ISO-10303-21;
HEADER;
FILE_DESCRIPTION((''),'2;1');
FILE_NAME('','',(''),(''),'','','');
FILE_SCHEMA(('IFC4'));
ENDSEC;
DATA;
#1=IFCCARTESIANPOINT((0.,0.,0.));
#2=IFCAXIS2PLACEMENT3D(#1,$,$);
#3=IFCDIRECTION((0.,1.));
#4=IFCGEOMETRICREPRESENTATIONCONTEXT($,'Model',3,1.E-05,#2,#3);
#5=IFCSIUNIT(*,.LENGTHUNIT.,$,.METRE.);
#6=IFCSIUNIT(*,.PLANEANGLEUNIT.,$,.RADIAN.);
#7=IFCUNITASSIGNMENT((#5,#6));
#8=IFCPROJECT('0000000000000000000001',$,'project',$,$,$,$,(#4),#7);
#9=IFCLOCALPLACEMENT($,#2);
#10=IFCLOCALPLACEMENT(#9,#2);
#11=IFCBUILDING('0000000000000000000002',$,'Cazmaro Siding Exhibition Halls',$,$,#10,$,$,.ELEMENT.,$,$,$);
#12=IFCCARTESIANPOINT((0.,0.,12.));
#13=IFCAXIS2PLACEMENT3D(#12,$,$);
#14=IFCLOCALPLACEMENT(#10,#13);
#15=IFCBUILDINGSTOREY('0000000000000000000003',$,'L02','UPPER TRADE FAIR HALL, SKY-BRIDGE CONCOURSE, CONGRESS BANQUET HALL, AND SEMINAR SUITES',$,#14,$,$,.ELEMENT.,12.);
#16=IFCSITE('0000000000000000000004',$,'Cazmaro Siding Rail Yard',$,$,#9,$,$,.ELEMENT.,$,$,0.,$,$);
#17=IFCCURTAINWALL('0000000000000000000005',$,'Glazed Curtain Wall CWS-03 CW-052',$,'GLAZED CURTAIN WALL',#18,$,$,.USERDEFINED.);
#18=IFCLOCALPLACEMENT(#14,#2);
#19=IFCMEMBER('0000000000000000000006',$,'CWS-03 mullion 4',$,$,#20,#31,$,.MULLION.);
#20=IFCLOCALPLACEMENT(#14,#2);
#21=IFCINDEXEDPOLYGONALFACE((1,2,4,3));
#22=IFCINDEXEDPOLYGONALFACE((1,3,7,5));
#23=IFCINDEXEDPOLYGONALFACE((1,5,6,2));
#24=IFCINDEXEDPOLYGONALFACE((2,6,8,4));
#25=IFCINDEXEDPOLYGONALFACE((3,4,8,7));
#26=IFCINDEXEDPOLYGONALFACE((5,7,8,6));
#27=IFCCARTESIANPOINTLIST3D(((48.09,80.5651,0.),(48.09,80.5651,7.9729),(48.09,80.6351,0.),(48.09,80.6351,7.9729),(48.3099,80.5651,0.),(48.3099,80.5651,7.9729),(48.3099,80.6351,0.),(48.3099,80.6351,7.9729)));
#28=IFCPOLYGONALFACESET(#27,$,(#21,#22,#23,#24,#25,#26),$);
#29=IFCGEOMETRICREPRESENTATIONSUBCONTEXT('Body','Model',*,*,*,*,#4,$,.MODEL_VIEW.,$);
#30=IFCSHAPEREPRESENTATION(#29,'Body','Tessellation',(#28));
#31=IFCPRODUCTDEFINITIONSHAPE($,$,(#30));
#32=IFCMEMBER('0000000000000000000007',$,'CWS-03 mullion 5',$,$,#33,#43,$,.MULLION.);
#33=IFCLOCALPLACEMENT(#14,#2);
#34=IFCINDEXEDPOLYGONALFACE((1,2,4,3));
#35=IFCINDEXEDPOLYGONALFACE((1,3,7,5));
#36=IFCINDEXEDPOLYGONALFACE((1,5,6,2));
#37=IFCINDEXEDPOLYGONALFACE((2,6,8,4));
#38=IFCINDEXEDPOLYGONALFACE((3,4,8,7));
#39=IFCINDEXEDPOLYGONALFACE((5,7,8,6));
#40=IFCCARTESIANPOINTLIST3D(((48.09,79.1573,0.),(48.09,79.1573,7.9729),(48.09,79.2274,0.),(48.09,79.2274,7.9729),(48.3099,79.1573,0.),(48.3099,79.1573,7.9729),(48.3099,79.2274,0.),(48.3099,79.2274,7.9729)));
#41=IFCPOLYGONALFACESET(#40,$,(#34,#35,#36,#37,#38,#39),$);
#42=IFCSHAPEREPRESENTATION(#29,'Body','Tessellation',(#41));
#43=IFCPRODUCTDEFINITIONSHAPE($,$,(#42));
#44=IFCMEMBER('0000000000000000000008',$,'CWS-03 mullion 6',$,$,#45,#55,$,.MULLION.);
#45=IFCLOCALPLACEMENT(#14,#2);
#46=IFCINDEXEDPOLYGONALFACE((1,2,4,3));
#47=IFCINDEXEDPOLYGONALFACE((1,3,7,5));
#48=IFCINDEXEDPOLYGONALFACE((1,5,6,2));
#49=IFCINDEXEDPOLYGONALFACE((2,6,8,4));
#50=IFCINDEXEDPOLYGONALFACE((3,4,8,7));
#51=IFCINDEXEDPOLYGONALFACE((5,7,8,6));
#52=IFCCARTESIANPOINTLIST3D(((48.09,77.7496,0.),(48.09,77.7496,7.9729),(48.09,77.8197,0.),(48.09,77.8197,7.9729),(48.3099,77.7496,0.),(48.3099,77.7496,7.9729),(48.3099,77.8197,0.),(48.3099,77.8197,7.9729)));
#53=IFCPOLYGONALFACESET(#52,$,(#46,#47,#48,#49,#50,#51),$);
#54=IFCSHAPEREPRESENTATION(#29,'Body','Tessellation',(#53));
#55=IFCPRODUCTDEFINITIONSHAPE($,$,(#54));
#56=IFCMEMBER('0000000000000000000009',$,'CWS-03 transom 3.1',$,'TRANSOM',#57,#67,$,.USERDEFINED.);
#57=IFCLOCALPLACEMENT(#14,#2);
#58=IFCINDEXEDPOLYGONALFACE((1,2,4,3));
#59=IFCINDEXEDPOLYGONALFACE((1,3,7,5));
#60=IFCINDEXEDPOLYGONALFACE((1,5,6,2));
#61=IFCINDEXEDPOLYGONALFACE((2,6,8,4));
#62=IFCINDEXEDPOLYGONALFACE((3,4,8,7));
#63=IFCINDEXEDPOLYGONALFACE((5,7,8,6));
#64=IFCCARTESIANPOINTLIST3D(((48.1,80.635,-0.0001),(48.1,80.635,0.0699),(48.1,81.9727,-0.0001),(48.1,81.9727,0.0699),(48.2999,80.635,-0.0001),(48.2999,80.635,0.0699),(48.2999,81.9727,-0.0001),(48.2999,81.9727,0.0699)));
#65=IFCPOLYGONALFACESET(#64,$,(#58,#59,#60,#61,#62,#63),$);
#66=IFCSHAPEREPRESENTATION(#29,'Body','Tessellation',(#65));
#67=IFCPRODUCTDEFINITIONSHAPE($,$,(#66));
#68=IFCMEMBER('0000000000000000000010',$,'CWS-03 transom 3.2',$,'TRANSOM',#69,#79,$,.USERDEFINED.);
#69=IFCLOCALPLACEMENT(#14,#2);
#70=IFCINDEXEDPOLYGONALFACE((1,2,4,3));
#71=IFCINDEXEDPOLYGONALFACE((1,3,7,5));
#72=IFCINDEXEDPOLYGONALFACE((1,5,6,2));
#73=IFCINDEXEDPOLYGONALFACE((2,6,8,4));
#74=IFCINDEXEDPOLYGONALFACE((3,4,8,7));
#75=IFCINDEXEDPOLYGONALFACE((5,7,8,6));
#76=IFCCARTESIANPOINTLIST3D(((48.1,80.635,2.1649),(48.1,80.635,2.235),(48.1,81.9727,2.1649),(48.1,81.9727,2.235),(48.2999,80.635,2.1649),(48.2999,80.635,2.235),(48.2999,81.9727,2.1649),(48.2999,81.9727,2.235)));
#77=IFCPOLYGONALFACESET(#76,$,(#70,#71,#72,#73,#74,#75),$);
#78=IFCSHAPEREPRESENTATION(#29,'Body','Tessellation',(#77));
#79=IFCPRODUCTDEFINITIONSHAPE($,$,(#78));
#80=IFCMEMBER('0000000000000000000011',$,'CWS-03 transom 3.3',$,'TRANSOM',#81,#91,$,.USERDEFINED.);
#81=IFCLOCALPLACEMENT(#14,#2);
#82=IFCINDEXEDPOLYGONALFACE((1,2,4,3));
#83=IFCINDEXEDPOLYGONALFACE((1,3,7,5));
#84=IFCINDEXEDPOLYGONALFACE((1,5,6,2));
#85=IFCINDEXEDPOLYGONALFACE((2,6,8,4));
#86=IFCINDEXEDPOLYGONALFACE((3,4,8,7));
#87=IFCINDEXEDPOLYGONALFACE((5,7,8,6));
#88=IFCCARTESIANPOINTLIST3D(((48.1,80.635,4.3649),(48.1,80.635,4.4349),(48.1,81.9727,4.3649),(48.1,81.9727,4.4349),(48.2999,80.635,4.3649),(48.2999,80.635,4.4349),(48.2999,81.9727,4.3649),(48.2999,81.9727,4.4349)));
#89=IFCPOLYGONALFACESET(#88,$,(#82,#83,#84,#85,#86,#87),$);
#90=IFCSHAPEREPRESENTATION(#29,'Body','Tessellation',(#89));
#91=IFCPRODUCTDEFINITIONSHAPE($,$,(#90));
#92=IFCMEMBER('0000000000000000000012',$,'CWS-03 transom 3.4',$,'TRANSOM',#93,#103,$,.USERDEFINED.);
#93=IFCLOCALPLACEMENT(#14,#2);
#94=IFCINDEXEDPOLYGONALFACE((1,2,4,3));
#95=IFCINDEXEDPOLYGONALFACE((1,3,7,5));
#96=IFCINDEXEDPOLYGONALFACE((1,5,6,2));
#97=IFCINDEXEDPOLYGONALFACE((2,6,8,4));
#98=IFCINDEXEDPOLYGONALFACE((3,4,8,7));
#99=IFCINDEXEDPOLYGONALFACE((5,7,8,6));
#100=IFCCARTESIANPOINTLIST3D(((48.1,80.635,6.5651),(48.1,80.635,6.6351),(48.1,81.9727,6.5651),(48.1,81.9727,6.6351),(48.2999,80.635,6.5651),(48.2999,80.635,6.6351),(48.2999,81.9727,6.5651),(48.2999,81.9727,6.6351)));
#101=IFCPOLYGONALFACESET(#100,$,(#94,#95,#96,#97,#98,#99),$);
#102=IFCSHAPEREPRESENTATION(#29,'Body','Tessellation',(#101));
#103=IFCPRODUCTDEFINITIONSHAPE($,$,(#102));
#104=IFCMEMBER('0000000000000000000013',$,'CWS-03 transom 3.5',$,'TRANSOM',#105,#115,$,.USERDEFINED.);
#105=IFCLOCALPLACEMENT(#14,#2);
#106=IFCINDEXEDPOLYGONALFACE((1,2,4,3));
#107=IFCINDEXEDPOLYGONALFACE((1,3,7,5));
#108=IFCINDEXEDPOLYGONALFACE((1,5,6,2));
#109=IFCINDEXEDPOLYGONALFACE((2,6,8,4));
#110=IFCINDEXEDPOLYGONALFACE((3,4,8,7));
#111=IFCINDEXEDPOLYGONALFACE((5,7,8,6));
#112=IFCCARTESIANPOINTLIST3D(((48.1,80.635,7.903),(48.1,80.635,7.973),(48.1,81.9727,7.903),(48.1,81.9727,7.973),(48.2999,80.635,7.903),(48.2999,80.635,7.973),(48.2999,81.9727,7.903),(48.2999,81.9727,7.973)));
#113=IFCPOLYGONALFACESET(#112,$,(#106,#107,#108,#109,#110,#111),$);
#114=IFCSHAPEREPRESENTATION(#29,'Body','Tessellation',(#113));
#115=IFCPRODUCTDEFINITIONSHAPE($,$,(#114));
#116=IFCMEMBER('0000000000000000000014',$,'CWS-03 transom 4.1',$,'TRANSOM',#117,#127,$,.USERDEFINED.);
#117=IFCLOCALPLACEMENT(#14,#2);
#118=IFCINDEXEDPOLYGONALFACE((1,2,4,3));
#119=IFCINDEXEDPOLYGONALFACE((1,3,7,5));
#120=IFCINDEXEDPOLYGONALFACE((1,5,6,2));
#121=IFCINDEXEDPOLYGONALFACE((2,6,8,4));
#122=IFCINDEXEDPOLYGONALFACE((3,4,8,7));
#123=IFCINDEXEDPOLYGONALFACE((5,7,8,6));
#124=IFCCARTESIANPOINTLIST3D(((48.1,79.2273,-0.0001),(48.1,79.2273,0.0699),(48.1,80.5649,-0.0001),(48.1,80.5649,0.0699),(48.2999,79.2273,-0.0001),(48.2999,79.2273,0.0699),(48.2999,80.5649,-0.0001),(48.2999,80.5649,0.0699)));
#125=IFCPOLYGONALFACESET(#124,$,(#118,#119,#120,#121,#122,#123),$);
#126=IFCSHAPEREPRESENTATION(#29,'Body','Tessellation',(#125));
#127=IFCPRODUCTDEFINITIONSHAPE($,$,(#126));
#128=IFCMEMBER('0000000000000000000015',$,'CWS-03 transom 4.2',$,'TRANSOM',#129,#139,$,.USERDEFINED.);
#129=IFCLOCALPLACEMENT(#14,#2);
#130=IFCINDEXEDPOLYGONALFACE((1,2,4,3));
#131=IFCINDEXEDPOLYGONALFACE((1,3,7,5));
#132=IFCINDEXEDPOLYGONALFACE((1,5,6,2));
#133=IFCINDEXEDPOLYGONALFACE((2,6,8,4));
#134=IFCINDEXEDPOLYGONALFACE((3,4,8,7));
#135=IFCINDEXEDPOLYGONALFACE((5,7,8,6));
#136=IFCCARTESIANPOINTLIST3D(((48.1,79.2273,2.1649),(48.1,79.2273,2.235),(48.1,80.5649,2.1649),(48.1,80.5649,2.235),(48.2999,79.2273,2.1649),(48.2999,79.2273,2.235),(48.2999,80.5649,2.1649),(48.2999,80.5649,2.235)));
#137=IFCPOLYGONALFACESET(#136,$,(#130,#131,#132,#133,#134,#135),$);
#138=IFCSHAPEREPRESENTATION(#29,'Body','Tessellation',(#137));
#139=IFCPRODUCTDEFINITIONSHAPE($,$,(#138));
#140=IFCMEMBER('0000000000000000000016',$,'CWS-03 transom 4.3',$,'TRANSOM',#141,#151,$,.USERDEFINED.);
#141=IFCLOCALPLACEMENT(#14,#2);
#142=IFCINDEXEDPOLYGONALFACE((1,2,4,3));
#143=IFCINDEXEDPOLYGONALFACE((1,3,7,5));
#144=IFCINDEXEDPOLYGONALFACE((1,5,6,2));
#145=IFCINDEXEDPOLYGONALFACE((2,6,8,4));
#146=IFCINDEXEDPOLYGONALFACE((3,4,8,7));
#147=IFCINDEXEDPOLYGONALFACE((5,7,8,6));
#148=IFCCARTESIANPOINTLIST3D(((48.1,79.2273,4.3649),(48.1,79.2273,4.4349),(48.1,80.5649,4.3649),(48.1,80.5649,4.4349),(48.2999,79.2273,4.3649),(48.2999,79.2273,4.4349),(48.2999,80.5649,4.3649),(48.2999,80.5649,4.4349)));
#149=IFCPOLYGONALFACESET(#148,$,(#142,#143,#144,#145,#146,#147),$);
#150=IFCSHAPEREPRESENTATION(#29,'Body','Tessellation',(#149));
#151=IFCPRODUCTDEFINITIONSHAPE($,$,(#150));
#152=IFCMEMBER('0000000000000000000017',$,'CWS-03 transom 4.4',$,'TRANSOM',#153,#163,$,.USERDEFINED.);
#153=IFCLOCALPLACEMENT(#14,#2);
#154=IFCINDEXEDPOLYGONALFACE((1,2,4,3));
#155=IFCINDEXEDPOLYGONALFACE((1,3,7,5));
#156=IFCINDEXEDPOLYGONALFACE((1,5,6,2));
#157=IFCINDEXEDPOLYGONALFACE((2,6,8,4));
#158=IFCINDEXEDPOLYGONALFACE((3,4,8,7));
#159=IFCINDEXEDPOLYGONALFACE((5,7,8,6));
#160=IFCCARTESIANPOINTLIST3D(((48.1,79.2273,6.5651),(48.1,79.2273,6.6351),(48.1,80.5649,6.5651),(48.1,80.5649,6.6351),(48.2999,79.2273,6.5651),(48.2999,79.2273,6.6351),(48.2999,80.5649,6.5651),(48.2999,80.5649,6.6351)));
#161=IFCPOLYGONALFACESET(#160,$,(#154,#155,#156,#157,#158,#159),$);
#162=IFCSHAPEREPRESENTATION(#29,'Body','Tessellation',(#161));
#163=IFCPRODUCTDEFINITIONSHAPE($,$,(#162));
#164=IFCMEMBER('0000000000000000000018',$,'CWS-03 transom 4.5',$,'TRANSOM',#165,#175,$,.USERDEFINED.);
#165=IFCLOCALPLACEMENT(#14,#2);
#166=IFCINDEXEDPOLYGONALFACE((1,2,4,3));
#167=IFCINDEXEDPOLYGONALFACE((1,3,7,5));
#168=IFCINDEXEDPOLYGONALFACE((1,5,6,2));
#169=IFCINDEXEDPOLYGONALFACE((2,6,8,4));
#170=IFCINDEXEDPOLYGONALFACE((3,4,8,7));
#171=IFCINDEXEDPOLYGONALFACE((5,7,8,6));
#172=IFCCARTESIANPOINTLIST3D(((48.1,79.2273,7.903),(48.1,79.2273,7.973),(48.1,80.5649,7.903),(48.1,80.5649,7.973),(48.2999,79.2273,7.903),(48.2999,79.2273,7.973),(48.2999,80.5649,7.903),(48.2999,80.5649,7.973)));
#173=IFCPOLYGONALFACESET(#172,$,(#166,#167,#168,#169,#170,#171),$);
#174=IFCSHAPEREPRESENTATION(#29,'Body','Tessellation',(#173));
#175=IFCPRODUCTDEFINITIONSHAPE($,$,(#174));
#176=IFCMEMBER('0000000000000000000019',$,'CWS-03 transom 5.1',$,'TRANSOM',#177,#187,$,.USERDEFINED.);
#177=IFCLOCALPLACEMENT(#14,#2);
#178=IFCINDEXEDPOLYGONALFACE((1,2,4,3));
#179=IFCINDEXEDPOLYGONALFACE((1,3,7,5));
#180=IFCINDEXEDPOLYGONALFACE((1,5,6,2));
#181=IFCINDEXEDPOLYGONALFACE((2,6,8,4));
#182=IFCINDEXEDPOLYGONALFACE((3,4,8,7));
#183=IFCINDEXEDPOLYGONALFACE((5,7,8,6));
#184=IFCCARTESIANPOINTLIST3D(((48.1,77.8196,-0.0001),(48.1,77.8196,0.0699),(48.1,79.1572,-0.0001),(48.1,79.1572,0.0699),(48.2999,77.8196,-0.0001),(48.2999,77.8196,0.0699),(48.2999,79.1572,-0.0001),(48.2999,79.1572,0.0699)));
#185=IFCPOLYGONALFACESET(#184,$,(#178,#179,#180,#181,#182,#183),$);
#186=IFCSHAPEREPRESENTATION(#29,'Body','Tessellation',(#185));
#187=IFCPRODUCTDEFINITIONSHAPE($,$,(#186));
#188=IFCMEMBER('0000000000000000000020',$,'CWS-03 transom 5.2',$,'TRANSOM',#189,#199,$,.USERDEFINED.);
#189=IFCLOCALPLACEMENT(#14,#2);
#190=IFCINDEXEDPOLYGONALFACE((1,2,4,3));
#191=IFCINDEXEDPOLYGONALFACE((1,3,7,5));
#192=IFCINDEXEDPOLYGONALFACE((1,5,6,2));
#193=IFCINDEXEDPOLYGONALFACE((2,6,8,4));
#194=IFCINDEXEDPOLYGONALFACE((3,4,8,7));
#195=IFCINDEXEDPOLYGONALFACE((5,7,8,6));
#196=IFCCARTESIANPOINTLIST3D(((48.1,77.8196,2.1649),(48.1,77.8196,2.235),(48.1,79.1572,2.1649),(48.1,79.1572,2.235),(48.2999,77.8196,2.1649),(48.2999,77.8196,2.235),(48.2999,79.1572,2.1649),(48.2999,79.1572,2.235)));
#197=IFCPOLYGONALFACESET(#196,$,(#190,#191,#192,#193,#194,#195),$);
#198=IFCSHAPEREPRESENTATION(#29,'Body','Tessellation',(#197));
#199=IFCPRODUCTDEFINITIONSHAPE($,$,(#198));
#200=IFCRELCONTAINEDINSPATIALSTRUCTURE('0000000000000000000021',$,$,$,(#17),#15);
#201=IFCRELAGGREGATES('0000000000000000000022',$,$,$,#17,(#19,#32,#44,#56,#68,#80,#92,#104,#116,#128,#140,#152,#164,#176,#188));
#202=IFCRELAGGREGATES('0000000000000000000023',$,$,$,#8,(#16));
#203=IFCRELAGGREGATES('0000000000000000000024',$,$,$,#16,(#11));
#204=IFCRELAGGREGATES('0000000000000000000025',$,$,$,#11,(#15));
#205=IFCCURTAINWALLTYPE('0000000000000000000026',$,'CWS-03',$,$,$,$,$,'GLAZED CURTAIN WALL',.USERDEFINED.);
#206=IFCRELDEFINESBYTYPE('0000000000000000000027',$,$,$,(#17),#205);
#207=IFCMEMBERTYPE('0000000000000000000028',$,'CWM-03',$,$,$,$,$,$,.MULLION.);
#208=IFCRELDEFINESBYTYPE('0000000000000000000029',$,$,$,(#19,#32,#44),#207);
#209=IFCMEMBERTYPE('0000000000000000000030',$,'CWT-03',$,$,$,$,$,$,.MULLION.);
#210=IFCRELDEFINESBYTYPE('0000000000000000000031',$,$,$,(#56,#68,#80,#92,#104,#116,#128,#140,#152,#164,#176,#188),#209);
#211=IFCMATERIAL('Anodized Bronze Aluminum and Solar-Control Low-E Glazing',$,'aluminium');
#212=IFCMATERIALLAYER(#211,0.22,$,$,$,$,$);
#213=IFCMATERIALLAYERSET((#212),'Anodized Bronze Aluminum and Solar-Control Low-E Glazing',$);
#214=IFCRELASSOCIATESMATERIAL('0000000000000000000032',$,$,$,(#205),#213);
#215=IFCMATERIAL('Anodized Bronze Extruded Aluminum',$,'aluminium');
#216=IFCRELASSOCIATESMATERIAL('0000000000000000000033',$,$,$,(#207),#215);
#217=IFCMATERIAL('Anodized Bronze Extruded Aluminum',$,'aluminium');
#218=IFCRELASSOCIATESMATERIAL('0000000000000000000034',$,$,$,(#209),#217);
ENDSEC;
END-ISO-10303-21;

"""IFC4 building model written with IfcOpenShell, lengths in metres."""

from ifc_helpers import new_model, si_unit, direction, frame, origin, origin_2d, place, context, subcontext, project, spatial, rectangle, extrude, material, layer, layer_set, material_profile, profile_set, type_object, element, aggregate, save


model = new_model("IFC4")

# Units and contexts
model_context = context("Model", 3, precision=1e-05, world=origin(), true_north=direction((0.0, 1.0)))
body_context = subcontext(model_context, "Body", "Model", "MODEL_VIEW")
ifc_project = project(units=[si_unit("LENGTHUNIT", "METRE"), si_unit("PLANEANGLEUNIT", "RADIAN")], contexts=[model_context])

# Site, building, storey
site_placement = place(None, origin())
site = spatial("IfcSite", under=ifc_project, at=site_placement, Name="Cazmaro Siding Rail Yard", CompositionType="ELEMENT", RefElevation=0.0)
building_placement = place(site_placement, origin())
building = spatial("IfcBuilding", under=site, at=building_placement, Name="Cazmaro Siding Exhibition Halls", CompositionType="ELEMENT")
storey_placement = place(building_placement, frame((0.0, 0.0, 12.0)))
storey = spatial("IfcBuildingStorey", under=building, at=storey_placement, Name="L02", Description="UPPER TRADE FAIR HALL, SKY-BRIDGE CONCOURSE, CONGRESS BANQUET HALL, AND SEMINAR SUITES", CompositionType="ELEMENT", Elevation=12.0)

# Curtain wall, members
ifc_material_1 = material(Name="Anodized Bronze Aluminum and Solar-Control Low-E Glazing", Category="aluminium")
ifc_layer_1 = layer(ifc_material_1, 0.22)
ifc_layer_set_1 = layer_set([ifc_layer_1], Name="Anodized Bronze Aluminum and Solar-Control Low-E Glazing")
curtain_wall_type = type_object("IfcCurtainWallType", Name="CWS-03", ElementType="GLAZED CURTAIN WALL", PredefinedType="USERDEFINED", material=ifc_layer_set_1)
curtain_wall_placement = place(storey_placement, origin())
curtain_wall = element("IfcCurtainWall", 1, at=curtain_wall_placement, inside=storey, type_object=curtain_wall_type, Name="Glazed Curtain Wall CWS-03 CW-052", ObjectType="GLAZED CURTAIN WALL", PredefinedType="USERDEFINED")
ifc_material_2 = material(Name="Anodized Bronze Extruded Aluminum", Category="aluminium")
ifc_material_profile_1 = material_profile(ifc_material_2, rectangle(XDim=0.22, YDim=0.0701, at=origin_2d()), Name="CWM-03")
ifc_profile_set_1 = profile_set([ifc_material_profile_1], Name="Anodized Bronze Extruded Aluminum")
member_type_1 = type_object("IfcMemberType", Name="CWM-03", PredefinedType="MULLION", material=ifc_profile_set_1)
member_1_placement = place(storey_placement, frame((48.2, 80.6001, 0.0), z_axis=(0.0, 0.0, 1.0), x_axis=(1.0, 0.0, 0.0)))
member_1 = element("IfcMember", 2, at=member_1_placement, type_object=member_type_1, Name="CWS-03 mullion 4", PredefinedType="MULLION", context=body_context, shape_type="SweptSolid", body=[
    extrude(rectangle(XDim=0.22, YDim=0.0701, at=origin_2d()), origin(), (0.0, 0.0, 1.0), 7.9729),
])
member_2_placement = place(storey_placement, frame((48.2, 79.1924, 0.0), z_axis=(0.0, 0.0, 1.0), x_axis=(1.0, 0.0, 0.0)))
member_2 = element("IfcMember", 3, at=member_2_placement, type_object=member_type_1, Name="CWS-03 mullion 5", PredefinedType="MULLION", context=body_context, shape_type="SweptSolid", body=[
    extrude(rectangle(XDim=0.22, YDim=0.0701, at=origin_2d()), origin(), (0.0, 0.0, 1.0), 7.9729),
])
member_3_placement = place(storey_placement, frame((48.2, 77.7847, 0.0), z_axis=(0.0, 0.0, 1.0), x_axis=(1.0, 0.0, 0.0)))
member_3 = element("IfcMember", 4, at=member_3_placement, type_object=member_type_1, Name="CWS-03 mullion 6", PredefinedType="MULLION", context=body_context, shape_type="SweptSolid", body=[
    extrude(rectangle(XDim=0.22, YDim=0.0701, at=origin_2d()), origin(), (0.0, 0.0, 1.0), 7.9729),
])
ifc_material_3 = material(Name="Anodized Bronze Extruded Aluminum", Category="aluminium")
ifc_material_profile_2 = material_profile(ifc_material_3, rectangle(XDim=0.2, YDim=0.0701, at=origin_2d()), Name="CWT-03")
ifc_profile_set_2 = profile_set([ifc_material_profile_2], Name="Anodized Bronze Extruded Aluminum")
member_type_2 = type_object("IfcMemberType", Name="CWT-03", PredefinedType="MULLION", material=ifc_profile_set_2)
member_4_placement = place(storey_placement, frame((48.2, 81.9727, 0.0349), z_axis=(0.0, -1.0, 0.0), x_axis=(1.0, 0.0, 0.0)))
member_4 = element("IfcMember", 5, at=member_4_placement, type_object=member_type_2, Name="CWS-03 transom 3.1", ObjectType="TRANSOM", PredefinedType="USERDEFINED", context=body_context, shape_type="SweptSolid", body=[
    extrude(rectangle(XDim=0.2, YDim=0.0701, at=origin_2d()), origin(), (0.0, 0.0, 1.0), 1.3376),
])
member_5_placement = place(storey_placement, frame((48.2, 81.9727, 2.2), z_axis=(0.0, -1.0, 0.0), x_axis=(1.0, 0.0, 0.0)))
member_5 = element("IfcMember", 6, at=member_5_placement, type_object=member_type_2, Name="CWS-03 transom 3.2", ObjectType="TRANSOM", PredefinedType="USERDEFINED", context=body_context, shape_type="SweptSolid", body=[
    extrude(rectangle(XDim=0.2, YDim=0.0701, at=origin_2d()), origin(), (0.0, 0.0, 1.0), 1.3376),
])
member_6_placement = place(storey_placement, frame((48.2, 81.9727, 4.3999), z_axis=(0.0, -1.0, 0.0), x_axis=(1.0, 0.0, 0.0)))
member_6 = element("IfcMember", 7, at=member_6_placement, type_object=member_type_2, Name="CWS-03 transom 3.3", ObjectType="TRANSOM", PredefinedType="USERDEFINED", context=body_context, shape_type="SweptSolid", body=[
    extrude(rectangle(XDim=0.2, YDim=0.0701, at=origin_2d()), origin(), (0.0, 0.0, 1.0), 1.3376),
])
member_7_placement = place(storey_placement, frame((48.2, 81.9727, 6.6001), z_axis=(0.0, -1.0, 0.0), x_axis=(1.0, 0.0, 0.0)))
member_7 = element("IfcMember", 8, at=member_7_placement, type_object=member_type_2, Name="CWS-03 transom 3.4", ObjectType="TRANSOM", PredefinedType="USERDEFINED", context=body_context, shape_type="SweptSolid", body=[
    extrude(rectangle(XDim=0.2, YDim=0.0701, at=origin_2d()), origin(), (0.0, 0.0, 1.0), 1.3376),
])
member_8_placement = place(storey_placement, frame((48.2, 81.9727, 7.938), z_axis=(0.0, -1.0, 0.0), x_axis=(1.0, 0.0, 0.0)))
member_8 = element("IfcMember", 9, at=member_8_placement, type_object=member_type_2, Name="CWS-03 transom 3.5", ObjectType="TRANSOM", PredefinedType="USERDEFINED", context=body_context, shape_type="SweptSolid", body=[
    extrude(rectangle(XDim=0.2, YDim=0.0701, at=origin_2d()), origin(), (0.0, 0.0, 1.0), 1.3376),
])
member_9_placement = place(storey_placement, frame((48.2, 80.5649, 0.0349), z_axis=(0.0, -1.0, 0.0), x_axis=(1.0, 0.0, 0.0)))
member_9 = element("IfcMember", 10, at=member_9_placement, type_object=member_type_2, Name="CWS-03 transom 4.1", ObjectType="TRANSOM", PredefinedType="USERDEFINED", context=body_context, shape_type="SweptSolid", body=[
    extrude(rectangle(XDim=0.2, YDim=0.0701, at=origin_2d()), origin(), (0.0, 0.0, 1.0), 1.3376),
])
member_10_placement = place(storey_placement, frame((48.2, 80.5649, 2.2), z_axis=(0.0, -1.0, 0.0), x_axis=(1.0, 0.0, 0.0)))
member_10 = element("IfcMember", 11, at=member_10_placement, type_object=member_type_2, Name="CWS-03 transom 4.2", ObjectType="TRANSOM", PredefinedType="USERDEFINED", context=body_context, shape_type="SweptSolid", body=[
    extrude(rectangle(XDim=0.2, YDim=0.0701, at=origin_2d()), origin(), (0.0, 0.0, 1.0), 1.3376),
])
member_11_placement = place(storey_placement, frame((48.2, 80.5649, 4.3999), z_axis=(0.0, -1.0, 0.0), x_axis=(1.0, 0.0, 0.0)))
member_11 = element("IfcMember", 12, at=member_11_placement, type_object=member_type_2, Name="CWS-03 transom 4.3", ObjectType="TRANSOM", PredefinedType="USERDEFINED", context=body_context, shape_type="SweptSolid", body=[
    extrude(rectangle(XDim=0.2, YDim=0.0701, at=origin_2d()), origin(), (0.0, 0.0, 1.0), 1.3376),
])
member_12_placement = place(storey_placement, frame((48.2, 80.5649, 6.6001), z_axis=(0.0, -1.0, 0.0), x_axis=(1.0, 0.0, 0.0)))
member_12 = element("IfcMember", 13, at=member_12_placement, type_object=member_type_2, Name="CWS-03 transom 4.4", ObjectType="TRANSOM", PredefinedType="USERDEFINED", context=body_context, shape_type="SweptSolid", body=[
    extrude(rectangle(XDim=0.2, YDim=0.0701, at=origin_2d()), origin(), (0.0, 0.0, 1.0), 1.3376),
])
member_13_placement = place(storey_placement, frame((48.2, 80.5649, 7.938), z_axis=(0.0, -1.0, 0.0), x_axis=(1.0, 0.0, 0.0)))
member_13 = element("IfcMember", 14, at=member_13_placement, type_object=member_type_2, Name="CWS-03 transom 4.5", ObjectType="TRANSOM", PredefinedType="USERDEFINED", context=body_context, shape_type="SweptSolid", body=[
    extrude(rectangle(XDim=0.2, YDim=0.0701, at=origin_2d()), origin(), (0.0, 0.0, 1.0), 1.3376),
])
member_14_placement = place(storey_placement, frame((48.2, 79.1572, 0.0349), z_axis=(0.0, -1.0, 0.0), x_axis=(1.0, 0.0, 0.0)))
member_14 = element("IfcMember", 15, at=member_14_placement, type_object=member_type_2, Name="CWS-03 transom 5.1", ObjectType="TRANSOM", PredefinedType="USERDEFINED", context=body_context, shape_type="SweptSolid", body=[
    extrude(rectangle(XDim=0.2, YDim=0.0701, at=origin_2d()), origin(), (0.0, 0.0, 1.0), 1.3376),
])
member_15_placement = place(storey_placement, frame((48.2, 79.1572, 2.2), z_axis=(0.0, -1.0, 0.0), x_axis=(1.0, 0.0, 0.0)))
member_15 = element("IfcMember", 16, at=member_15_placement, type_object=member_type_2, Name="CWS-03 transom 5.2", ObjectType="TRANSOM", PredefinedType="USERDEFINED", context=body_context, shape_type="SweptSolid", body=[
    extrude(rectangle(XDim=0.2, YDim=0.0701, at=origin_2d()), origin(), (0.0, 0.0, 1.0), 1.3376),
])
aggregate(curtain_wall, [member_1, member_2, member_3, member_4, member_5, member_6, member_7, member_8, member_9, member_10, member_11, member_12, member_13, member_14, member_15])

save(model, "model.ifc")
